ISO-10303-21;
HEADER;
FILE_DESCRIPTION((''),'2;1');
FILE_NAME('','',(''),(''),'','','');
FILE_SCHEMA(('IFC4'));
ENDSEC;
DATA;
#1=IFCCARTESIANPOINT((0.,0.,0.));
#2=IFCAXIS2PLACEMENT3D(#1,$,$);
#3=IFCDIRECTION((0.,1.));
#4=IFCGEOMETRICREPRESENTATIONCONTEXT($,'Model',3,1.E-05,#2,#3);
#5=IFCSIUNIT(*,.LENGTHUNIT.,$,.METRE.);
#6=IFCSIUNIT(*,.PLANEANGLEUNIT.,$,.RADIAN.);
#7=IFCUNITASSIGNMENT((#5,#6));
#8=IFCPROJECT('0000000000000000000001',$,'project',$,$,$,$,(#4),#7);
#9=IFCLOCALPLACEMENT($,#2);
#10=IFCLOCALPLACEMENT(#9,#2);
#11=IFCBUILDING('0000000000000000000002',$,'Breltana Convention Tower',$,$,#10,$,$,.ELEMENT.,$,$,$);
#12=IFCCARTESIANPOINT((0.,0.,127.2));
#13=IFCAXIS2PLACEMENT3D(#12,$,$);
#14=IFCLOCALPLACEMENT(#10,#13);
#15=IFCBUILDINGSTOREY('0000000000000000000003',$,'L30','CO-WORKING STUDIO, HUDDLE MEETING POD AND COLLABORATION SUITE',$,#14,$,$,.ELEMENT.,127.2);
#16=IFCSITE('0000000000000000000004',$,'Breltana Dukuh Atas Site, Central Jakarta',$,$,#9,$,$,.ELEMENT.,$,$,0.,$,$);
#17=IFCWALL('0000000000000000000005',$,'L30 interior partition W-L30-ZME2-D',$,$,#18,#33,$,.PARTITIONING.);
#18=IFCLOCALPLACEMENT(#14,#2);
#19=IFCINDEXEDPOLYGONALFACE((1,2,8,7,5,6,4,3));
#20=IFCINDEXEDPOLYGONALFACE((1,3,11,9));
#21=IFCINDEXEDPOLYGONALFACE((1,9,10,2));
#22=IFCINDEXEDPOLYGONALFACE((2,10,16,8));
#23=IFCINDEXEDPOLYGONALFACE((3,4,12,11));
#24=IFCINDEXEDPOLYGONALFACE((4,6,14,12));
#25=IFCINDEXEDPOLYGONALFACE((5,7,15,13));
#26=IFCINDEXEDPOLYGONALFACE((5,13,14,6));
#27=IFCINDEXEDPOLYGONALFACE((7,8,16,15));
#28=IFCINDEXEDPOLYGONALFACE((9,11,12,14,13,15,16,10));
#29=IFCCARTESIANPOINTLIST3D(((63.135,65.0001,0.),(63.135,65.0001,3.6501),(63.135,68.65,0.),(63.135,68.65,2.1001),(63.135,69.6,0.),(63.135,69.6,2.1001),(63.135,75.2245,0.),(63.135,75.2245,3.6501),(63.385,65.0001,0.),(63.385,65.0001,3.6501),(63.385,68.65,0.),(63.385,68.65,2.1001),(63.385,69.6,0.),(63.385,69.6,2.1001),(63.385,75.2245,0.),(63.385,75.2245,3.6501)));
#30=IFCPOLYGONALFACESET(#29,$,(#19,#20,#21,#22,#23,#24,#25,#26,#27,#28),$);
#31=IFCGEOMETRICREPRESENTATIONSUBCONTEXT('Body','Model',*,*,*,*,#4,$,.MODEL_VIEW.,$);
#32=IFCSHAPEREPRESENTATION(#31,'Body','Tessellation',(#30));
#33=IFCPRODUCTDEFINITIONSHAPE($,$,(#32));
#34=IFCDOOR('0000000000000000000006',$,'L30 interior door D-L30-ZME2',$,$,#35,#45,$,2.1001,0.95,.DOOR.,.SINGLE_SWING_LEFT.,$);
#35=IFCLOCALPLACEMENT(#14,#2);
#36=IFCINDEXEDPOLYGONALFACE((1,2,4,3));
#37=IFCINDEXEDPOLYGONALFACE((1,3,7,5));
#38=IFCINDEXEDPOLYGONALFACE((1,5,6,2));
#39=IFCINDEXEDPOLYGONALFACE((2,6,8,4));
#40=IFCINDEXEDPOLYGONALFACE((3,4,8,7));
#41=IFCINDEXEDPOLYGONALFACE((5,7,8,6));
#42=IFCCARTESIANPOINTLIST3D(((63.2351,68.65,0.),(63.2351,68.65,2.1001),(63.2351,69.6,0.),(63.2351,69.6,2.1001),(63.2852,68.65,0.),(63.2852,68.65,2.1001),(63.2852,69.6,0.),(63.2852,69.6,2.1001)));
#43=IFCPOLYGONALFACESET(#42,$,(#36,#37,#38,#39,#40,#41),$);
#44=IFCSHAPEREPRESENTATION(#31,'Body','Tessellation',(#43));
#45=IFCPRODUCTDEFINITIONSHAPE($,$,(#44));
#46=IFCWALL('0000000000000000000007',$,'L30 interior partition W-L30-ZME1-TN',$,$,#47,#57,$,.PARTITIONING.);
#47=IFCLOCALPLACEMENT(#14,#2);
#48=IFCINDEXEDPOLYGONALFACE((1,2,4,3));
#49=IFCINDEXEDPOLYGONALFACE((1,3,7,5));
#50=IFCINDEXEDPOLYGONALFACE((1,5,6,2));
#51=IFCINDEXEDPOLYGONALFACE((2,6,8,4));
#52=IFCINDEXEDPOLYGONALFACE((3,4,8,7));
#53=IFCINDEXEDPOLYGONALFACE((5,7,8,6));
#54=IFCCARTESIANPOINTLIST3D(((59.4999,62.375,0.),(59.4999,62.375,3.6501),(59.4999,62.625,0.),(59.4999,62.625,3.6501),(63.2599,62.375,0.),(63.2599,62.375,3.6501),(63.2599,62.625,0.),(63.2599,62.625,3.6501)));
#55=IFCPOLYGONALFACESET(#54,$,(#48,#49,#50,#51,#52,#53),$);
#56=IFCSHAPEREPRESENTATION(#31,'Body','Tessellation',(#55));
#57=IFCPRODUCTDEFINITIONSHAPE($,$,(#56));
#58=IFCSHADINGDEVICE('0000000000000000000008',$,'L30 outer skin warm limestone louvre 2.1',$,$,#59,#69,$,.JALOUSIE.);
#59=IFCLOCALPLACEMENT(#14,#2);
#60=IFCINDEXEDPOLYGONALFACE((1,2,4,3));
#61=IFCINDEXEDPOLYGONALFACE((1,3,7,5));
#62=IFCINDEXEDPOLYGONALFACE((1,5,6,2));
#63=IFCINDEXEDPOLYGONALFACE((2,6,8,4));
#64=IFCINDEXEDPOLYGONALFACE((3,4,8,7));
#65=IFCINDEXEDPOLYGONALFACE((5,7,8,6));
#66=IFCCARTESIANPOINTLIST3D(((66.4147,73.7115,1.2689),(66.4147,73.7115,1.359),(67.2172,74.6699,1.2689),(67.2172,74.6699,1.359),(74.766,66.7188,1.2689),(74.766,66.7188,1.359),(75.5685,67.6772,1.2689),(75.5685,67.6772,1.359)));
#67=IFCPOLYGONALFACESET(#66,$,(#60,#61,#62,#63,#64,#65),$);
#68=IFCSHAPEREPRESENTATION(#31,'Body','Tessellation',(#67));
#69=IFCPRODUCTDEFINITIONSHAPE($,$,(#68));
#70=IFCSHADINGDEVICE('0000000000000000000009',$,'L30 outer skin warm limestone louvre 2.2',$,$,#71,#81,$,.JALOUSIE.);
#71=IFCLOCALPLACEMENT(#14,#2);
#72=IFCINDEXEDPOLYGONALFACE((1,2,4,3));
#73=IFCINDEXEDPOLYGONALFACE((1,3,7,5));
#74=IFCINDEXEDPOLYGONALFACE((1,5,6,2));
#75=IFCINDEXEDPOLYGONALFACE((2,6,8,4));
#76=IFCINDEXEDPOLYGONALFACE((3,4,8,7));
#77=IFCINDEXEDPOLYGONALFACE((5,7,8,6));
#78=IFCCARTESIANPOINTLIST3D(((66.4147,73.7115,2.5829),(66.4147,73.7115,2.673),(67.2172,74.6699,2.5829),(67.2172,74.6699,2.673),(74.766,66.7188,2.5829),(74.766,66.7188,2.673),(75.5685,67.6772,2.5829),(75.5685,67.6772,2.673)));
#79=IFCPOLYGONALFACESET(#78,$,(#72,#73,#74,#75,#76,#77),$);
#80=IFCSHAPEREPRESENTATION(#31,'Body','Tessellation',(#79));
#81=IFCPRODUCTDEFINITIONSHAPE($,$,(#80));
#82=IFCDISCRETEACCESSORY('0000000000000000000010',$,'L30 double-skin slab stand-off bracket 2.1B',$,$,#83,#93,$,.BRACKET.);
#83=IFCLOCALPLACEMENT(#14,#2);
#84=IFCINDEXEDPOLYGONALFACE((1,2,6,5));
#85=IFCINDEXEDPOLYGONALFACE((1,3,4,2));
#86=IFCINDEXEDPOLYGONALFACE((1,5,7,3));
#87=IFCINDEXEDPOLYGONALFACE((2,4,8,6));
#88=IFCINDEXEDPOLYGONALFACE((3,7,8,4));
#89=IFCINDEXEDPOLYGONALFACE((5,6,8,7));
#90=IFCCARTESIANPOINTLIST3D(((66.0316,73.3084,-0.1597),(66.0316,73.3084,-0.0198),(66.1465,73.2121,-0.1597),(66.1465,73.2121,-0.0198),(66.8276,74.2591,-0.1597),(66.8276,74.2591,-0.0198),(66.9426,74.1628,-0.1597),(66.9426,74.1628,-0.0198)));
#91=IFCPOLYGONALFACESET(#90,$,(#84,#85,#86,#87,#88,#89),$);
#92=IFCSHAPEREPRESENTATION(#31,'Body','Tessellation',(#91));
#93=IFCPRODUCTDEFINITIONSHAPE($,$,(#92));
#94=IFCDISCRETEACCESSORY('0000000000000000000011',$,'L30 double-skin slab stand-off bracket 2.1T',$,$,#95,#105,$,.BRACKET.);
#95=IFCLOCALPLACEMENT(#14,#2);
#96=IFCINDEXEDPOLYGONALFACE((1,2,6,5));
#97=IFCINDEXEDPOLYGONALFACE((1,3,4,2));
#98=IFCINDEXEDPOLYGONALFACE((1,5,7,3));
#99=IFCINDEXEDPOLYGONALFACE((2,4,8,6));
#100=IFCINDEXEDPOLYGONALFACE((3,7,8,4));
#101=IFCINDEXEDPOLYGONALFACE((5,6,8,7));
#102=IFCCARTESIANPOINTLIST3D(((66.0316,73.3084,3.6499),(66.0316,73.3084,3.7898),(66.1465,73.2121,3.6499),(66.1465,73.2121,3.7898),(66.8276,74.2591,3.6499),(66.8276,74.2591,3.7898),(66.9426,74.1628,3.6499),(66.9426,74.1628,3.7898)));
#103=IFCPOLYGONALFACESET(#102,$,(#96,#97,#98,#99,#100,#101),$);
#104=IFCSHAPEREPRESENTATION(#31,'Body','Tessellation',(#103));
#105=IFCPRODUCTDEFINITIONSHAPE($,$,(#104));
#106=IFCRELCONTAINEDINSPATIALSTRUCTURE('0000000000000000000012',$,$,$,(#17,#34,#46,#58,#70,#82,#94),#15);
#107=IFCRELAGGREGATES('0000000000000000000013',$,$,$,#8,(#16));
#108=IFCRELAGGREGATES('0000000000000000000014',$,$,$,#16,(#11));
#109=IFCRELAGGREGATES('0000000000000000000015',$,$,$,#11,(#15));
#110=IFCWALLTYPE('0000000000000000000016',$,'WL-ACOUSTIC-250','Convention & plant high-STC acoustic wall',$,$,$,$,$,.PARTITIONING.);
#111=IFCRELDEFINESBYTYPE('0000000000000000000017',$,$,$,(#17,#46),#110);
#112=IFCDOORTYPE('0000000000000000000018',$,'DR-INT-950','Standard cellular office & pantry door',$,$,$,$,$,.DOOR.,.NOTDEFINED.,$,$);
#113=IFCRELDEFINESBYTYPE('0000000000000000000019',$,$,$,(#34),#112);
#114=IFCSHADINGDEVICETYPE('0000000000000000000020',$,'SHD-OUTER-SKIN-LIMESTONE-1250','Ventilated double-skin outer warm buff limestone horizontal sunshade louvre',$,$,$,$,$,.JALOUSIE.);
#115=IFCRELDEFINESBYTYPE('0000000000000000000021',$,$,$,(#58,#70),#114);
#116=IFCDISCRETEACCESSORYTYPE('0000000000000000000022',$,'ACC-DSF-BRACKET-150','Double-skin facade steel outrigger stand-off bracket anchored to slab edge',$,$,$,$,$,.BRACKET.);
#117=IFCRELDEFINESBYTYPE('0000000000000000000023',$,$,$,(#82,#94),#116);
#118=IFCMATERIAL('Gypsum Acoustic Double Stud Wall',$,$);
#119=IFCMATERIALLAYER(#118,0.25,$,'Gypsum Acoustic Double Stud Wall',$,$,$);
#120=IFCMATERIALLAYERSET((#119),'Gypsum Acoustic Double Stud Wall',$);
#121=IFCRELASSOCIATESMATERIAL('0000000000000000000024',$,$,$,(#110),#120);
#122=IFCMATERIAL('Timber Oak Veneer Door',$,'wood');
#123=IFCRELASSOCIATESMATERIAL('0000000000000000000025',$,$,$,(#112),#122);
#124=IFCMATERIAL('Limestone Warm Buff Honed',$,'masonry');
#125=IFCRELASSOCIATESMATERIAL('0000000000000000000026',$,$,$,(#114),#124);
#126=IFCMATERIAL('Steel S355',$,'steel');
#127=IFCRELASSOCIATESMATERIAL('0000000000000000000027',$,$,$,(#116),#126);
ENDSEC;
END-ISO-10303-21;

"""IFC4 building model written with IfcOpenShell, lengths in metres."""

from ifc_helpers import new_model, si_unit, direction, frame, frame_2d, origin, origin_2d, place, context, subcontext, project, spatial, rectangle, extrude, source, transform, mapped, material, layer, layer_set, material_profile, profile_set, type_object, type_shapes, element, fill, save


model = new_model("IFC4")

# Units and contexts
model_context = context("Model", 3, precision=1e-05, world=origin(), true_north=direction((0.0, 1.0)))
body_context = subcontext(model_context, "Body", "Model", "MODEL_VIEW")
ifc_project = project(units=[si_unit("LENGTHUNIT", "METRE"), si_unit("PLANEANGLEUNIT", "RADIAN")], contexts=[model_context])

# Site, building, storey
site_placement = place(None, origin())
site = spatial("IfcSite", under=ifc_project, at=site_placement, Name="Breltana Dukuh Atas Site, Central Jakarta", CompositionType="ELEMENT", RefElevation=0.0)
building_placement = place(site_placement, origin())
building = spatial("IfcBuilding", under=site, at=building_placement, Name="Breltana Convention Tower", CompositionType="ELEMENT")
storey_placement = place(building_placement, frame((0.0, 0.0, 127.2)))
storey = spatial("IfcBuildingStorey", under=building, at=storey_placement, Name="L30", Description="CO-WORKING STUDIO, HUDDLE MEETING POD AND COLLABORATION SUITE", CompositionType="ELEMENT", Elevation=127.2)

# Shared definitions
ifc_material_1 = material(Name="Gypsum Acoustic Double Stud Wall")
ifc_layer_1 = layer(ifc_material_1, 0.25, Name="Gypsum Acoustic Double Stud Wall")
ifc_layer_set_1 = layer_set([ifc_layer_1], Name="Gypsum Acoustic Double Stud Wall")
wall_type_1 = type_object("IfcWallType", Name="WL-ACOUSTIC-250", Description="Convention & plant high-STC acoustic wall", PredefinedType="PARTITIONING", material=ifc_layer_set_1)

# Wall, opening, door
shared_shape_1 = source(origin(), body_context, "Body", "SweptSolid", [
    extrude(rectangle(XDim=10.2244, YDim=0.25, at=frame_2d((5.1123, 0.0))), origin(), (0.0, 0.0, 1.0), 3.6501),
])
wall_1_placement = place(storey_placement, frame((63.26, 65.0, 0.0), z_axis=(0.0, 0.0, 1.0), x_axis=(0.0, 1.0, 0.0)))
wall_1 = element("IfcWall", 1, at=wall_1_placement, inside=storey, type_object=wall_type_1, Name="L30 interior partition W-L30-ZME2-D", PredefinedType="PARTITIONING", context=body_context, shape_type="MappedRepresentation", body=[
    mapped(shared_shape_1, transform((0.0, 0.0, 0.0), scale=1.0)),
])
opening_1_placement = place(wall_1_placement, frame((3.6499, 0.0, 0.0)))
opening_1 = element("IfcOpeningElement", 2, at=opening_1_placement, cuts=wall_1, PredefinedType="OPENING", context=body_context, shape_type="SweptSolid", body=[
    extrude(rectangle(XDim=0.95, YDim=2.1001, at=frame_2d((0.4751, 1.05))), frame((0.0, 0.135, 0.0), z_axis=(0.0, -1.0, 0.0), x_axis=(1.0, 0.0, 0.0)), (0.0, 0.0, 1.0), 0.27),
])
ifc_material_2 = material(Name="Timber Oak Veneer Door", Category="wood")
door_type_1 = type_object("IfcDoorType", Name="DR-INT-950", Description="Standard cellular office & pantry door", OperationType="NOTDEFINED", PredefinedType="DOOR", material=ifc_material_2)
shared_shape_2 = source(origin(), body_context, "Body", "SweptSolid", [
    extrude(rectangle(XDim=0.95, YDim=2.1001, at=frame_2d((0.4751, 1.05))), frame((0.0, 0.0249, 0.0), z_axis=(0.0, -1.0, 0.0), x_axis=(1.0, 0.0, 0.0)), (0.0, 0.0, 1.0), 0.05),
])
type_shapes(door_type_1, [shared_shape_2])
door_1_placement = place(opening_1_placement, origin())
door_1 = element("IfcDoor", 3, at=door_1_placement, inside=storey, type_object=door_type_1, Name="L30 interior door D-L30-ZME2", OperationType="SINGLE_SWING_LEFT", OverallHeight=2.1001, OverallWidth=0.95, PredefinedType="DOOR", context=body_context, shape_type="MappedRepresentation", body=[
    mapped(shared_shape_2, transform((0.0, 0.0, 0.0), scale=1.0)),
])
fill(opening_1, door_1)

# Wall
shared_shape_3 = source(origin(), body_context, "Body", "SweptSolid", [
    extrude(rectangle(XDim=3.76, YDim=0.25, at=frame_2d((1.8799, 0.0))), origin(), (0.0, 0.0, 1.0), 3.6501),
])
wall_2_placement = place(storey_placement, frame((59.5, 62.5, 0.0), z_axis=(0.0, 0.0, 1.0), x_axis=(1.0, 0.0, 0.0)))
element("IfcWall", 4, at=wall_2_placement, inside=storey, type_object=wall_type_1, Name="L30 interior partition W-L30-ZME1-TN", PredefinedType="PARTITIONING", context=body_context, shape_type="MappedRepresentation", body=[
    mapped(shared_shape_3, transform((0.0, 0.0, 0.0), scale=1.0)),
])

# Shading devices
ifc_material_3 = material(Name="Limestone Warm Buff Honed", Category="masonry")
ifc_material_profile_1 = material_profile(ifc_material_3, rectangle(XDim=1.25, YDim=0.0901, at=origin_2d()), Name="STN-LVR-1250X90")
ifc_profile_set_1 = profile_set([ifc_material_profile_1], Name="Limestone Warm Buff Honed")
shading_device_type = type_object("IfcShadingDeviceType", Name="SHD-OUTER-SKIN-LIMESTONE-1250", Description="Ventilated double-skin outer warm buff limestone horizontal sunshade louvre", PredefinedType="JALOUSIE", material=ifc_profile_set_1)
shared_shape_4 = source(origin(), body_context, "Body", "SweptSolid", [
    extrude(rectangle(XDim=1.25, YDim=0.0901, at=origin_2d()), origin(), (0.0, 0.0, 1.0), 10.8923),
])
for number, where, z_axis, x_axis, name in (
    (5, (66.8159, 74.1907, 1.314), (0.766718, -0.641984, 0.0), (0.641984, 0.766718, 0.0), "L30 outer skin warm limestone louvre 2.1"),
    (6, (66.8159, 74.1907, 2.6279), (0.766718, -0.641984, 0.0), (0.641984, 0.766718, 0.0), "L30 outer skin warm limestone louvre 2.2"),
):
    element("IfcShadingDevice", number, at=place(storey_placement, frame(where, z_axis=z_axis, x_axis=x_axis)), inside=storey, type_object=shading_device_type, Name=name, PredefinedType="JALOUSIE", context=body_context, shape_type="MappedRepresentation", body=[
        mapped(shared_shape_4, transform((0.0, 0.0, 0.0), scale=1.0)),
    ])

# Discrete accessories
ifc_material_4 = material(Name="Steel S355", Category="steel")
discrete_accessory_type = type_object("IfcDiscreteAccessoryType", Name="ACC-DSF-BRACKET-150", Description="Double-skin facade steel outrigger stand-off bracket anchored to slab edge", PredefinedType="BRACKET", material=ifc_material_4)
shared_shape_5 = source(origin(), body_context, "Body", "SweptSolid", [
    extrude(rectangle(XDim=1.24, YDim=0.1499, at=origin_2d()), origin(), (0.0, 0.0, 1.0), 0.1399),
])
type_shapes(discrete_accessory_type, [shared_shape_5])
for number, where, z_axis, x_axis, name in (
    (7, (66.4871, 73.7356, -0.1597), (0.0, 0.0, 1.0), (0.641987, 0.766715, 0.0), "L30 double-skin slab stand-off bracket 2.1B"),
    (8, (66.4871, 73.7356, 3.6499), (0.0, 0.0, 1.0), (0.641987, 0.766715, 0.0), "L30 double-skin slab stand-off bracket 2.1T"),
):
    element("IfcDiscreteAccessory", number, at=place(storey_placement, frame(where, z_axis=z_axis, x_axis=x_axis)), inside=storey, type_object=discrete_accessory_type, Name=name, PredefinedType="BRACKET", context=body_context, shape_type="MappedRepresentation", body=[
        mapped(shared_shape_5, transform((0.0, 0.0, 0.0), scale=1.0)),
    ])

save(model, "model.ifc")
